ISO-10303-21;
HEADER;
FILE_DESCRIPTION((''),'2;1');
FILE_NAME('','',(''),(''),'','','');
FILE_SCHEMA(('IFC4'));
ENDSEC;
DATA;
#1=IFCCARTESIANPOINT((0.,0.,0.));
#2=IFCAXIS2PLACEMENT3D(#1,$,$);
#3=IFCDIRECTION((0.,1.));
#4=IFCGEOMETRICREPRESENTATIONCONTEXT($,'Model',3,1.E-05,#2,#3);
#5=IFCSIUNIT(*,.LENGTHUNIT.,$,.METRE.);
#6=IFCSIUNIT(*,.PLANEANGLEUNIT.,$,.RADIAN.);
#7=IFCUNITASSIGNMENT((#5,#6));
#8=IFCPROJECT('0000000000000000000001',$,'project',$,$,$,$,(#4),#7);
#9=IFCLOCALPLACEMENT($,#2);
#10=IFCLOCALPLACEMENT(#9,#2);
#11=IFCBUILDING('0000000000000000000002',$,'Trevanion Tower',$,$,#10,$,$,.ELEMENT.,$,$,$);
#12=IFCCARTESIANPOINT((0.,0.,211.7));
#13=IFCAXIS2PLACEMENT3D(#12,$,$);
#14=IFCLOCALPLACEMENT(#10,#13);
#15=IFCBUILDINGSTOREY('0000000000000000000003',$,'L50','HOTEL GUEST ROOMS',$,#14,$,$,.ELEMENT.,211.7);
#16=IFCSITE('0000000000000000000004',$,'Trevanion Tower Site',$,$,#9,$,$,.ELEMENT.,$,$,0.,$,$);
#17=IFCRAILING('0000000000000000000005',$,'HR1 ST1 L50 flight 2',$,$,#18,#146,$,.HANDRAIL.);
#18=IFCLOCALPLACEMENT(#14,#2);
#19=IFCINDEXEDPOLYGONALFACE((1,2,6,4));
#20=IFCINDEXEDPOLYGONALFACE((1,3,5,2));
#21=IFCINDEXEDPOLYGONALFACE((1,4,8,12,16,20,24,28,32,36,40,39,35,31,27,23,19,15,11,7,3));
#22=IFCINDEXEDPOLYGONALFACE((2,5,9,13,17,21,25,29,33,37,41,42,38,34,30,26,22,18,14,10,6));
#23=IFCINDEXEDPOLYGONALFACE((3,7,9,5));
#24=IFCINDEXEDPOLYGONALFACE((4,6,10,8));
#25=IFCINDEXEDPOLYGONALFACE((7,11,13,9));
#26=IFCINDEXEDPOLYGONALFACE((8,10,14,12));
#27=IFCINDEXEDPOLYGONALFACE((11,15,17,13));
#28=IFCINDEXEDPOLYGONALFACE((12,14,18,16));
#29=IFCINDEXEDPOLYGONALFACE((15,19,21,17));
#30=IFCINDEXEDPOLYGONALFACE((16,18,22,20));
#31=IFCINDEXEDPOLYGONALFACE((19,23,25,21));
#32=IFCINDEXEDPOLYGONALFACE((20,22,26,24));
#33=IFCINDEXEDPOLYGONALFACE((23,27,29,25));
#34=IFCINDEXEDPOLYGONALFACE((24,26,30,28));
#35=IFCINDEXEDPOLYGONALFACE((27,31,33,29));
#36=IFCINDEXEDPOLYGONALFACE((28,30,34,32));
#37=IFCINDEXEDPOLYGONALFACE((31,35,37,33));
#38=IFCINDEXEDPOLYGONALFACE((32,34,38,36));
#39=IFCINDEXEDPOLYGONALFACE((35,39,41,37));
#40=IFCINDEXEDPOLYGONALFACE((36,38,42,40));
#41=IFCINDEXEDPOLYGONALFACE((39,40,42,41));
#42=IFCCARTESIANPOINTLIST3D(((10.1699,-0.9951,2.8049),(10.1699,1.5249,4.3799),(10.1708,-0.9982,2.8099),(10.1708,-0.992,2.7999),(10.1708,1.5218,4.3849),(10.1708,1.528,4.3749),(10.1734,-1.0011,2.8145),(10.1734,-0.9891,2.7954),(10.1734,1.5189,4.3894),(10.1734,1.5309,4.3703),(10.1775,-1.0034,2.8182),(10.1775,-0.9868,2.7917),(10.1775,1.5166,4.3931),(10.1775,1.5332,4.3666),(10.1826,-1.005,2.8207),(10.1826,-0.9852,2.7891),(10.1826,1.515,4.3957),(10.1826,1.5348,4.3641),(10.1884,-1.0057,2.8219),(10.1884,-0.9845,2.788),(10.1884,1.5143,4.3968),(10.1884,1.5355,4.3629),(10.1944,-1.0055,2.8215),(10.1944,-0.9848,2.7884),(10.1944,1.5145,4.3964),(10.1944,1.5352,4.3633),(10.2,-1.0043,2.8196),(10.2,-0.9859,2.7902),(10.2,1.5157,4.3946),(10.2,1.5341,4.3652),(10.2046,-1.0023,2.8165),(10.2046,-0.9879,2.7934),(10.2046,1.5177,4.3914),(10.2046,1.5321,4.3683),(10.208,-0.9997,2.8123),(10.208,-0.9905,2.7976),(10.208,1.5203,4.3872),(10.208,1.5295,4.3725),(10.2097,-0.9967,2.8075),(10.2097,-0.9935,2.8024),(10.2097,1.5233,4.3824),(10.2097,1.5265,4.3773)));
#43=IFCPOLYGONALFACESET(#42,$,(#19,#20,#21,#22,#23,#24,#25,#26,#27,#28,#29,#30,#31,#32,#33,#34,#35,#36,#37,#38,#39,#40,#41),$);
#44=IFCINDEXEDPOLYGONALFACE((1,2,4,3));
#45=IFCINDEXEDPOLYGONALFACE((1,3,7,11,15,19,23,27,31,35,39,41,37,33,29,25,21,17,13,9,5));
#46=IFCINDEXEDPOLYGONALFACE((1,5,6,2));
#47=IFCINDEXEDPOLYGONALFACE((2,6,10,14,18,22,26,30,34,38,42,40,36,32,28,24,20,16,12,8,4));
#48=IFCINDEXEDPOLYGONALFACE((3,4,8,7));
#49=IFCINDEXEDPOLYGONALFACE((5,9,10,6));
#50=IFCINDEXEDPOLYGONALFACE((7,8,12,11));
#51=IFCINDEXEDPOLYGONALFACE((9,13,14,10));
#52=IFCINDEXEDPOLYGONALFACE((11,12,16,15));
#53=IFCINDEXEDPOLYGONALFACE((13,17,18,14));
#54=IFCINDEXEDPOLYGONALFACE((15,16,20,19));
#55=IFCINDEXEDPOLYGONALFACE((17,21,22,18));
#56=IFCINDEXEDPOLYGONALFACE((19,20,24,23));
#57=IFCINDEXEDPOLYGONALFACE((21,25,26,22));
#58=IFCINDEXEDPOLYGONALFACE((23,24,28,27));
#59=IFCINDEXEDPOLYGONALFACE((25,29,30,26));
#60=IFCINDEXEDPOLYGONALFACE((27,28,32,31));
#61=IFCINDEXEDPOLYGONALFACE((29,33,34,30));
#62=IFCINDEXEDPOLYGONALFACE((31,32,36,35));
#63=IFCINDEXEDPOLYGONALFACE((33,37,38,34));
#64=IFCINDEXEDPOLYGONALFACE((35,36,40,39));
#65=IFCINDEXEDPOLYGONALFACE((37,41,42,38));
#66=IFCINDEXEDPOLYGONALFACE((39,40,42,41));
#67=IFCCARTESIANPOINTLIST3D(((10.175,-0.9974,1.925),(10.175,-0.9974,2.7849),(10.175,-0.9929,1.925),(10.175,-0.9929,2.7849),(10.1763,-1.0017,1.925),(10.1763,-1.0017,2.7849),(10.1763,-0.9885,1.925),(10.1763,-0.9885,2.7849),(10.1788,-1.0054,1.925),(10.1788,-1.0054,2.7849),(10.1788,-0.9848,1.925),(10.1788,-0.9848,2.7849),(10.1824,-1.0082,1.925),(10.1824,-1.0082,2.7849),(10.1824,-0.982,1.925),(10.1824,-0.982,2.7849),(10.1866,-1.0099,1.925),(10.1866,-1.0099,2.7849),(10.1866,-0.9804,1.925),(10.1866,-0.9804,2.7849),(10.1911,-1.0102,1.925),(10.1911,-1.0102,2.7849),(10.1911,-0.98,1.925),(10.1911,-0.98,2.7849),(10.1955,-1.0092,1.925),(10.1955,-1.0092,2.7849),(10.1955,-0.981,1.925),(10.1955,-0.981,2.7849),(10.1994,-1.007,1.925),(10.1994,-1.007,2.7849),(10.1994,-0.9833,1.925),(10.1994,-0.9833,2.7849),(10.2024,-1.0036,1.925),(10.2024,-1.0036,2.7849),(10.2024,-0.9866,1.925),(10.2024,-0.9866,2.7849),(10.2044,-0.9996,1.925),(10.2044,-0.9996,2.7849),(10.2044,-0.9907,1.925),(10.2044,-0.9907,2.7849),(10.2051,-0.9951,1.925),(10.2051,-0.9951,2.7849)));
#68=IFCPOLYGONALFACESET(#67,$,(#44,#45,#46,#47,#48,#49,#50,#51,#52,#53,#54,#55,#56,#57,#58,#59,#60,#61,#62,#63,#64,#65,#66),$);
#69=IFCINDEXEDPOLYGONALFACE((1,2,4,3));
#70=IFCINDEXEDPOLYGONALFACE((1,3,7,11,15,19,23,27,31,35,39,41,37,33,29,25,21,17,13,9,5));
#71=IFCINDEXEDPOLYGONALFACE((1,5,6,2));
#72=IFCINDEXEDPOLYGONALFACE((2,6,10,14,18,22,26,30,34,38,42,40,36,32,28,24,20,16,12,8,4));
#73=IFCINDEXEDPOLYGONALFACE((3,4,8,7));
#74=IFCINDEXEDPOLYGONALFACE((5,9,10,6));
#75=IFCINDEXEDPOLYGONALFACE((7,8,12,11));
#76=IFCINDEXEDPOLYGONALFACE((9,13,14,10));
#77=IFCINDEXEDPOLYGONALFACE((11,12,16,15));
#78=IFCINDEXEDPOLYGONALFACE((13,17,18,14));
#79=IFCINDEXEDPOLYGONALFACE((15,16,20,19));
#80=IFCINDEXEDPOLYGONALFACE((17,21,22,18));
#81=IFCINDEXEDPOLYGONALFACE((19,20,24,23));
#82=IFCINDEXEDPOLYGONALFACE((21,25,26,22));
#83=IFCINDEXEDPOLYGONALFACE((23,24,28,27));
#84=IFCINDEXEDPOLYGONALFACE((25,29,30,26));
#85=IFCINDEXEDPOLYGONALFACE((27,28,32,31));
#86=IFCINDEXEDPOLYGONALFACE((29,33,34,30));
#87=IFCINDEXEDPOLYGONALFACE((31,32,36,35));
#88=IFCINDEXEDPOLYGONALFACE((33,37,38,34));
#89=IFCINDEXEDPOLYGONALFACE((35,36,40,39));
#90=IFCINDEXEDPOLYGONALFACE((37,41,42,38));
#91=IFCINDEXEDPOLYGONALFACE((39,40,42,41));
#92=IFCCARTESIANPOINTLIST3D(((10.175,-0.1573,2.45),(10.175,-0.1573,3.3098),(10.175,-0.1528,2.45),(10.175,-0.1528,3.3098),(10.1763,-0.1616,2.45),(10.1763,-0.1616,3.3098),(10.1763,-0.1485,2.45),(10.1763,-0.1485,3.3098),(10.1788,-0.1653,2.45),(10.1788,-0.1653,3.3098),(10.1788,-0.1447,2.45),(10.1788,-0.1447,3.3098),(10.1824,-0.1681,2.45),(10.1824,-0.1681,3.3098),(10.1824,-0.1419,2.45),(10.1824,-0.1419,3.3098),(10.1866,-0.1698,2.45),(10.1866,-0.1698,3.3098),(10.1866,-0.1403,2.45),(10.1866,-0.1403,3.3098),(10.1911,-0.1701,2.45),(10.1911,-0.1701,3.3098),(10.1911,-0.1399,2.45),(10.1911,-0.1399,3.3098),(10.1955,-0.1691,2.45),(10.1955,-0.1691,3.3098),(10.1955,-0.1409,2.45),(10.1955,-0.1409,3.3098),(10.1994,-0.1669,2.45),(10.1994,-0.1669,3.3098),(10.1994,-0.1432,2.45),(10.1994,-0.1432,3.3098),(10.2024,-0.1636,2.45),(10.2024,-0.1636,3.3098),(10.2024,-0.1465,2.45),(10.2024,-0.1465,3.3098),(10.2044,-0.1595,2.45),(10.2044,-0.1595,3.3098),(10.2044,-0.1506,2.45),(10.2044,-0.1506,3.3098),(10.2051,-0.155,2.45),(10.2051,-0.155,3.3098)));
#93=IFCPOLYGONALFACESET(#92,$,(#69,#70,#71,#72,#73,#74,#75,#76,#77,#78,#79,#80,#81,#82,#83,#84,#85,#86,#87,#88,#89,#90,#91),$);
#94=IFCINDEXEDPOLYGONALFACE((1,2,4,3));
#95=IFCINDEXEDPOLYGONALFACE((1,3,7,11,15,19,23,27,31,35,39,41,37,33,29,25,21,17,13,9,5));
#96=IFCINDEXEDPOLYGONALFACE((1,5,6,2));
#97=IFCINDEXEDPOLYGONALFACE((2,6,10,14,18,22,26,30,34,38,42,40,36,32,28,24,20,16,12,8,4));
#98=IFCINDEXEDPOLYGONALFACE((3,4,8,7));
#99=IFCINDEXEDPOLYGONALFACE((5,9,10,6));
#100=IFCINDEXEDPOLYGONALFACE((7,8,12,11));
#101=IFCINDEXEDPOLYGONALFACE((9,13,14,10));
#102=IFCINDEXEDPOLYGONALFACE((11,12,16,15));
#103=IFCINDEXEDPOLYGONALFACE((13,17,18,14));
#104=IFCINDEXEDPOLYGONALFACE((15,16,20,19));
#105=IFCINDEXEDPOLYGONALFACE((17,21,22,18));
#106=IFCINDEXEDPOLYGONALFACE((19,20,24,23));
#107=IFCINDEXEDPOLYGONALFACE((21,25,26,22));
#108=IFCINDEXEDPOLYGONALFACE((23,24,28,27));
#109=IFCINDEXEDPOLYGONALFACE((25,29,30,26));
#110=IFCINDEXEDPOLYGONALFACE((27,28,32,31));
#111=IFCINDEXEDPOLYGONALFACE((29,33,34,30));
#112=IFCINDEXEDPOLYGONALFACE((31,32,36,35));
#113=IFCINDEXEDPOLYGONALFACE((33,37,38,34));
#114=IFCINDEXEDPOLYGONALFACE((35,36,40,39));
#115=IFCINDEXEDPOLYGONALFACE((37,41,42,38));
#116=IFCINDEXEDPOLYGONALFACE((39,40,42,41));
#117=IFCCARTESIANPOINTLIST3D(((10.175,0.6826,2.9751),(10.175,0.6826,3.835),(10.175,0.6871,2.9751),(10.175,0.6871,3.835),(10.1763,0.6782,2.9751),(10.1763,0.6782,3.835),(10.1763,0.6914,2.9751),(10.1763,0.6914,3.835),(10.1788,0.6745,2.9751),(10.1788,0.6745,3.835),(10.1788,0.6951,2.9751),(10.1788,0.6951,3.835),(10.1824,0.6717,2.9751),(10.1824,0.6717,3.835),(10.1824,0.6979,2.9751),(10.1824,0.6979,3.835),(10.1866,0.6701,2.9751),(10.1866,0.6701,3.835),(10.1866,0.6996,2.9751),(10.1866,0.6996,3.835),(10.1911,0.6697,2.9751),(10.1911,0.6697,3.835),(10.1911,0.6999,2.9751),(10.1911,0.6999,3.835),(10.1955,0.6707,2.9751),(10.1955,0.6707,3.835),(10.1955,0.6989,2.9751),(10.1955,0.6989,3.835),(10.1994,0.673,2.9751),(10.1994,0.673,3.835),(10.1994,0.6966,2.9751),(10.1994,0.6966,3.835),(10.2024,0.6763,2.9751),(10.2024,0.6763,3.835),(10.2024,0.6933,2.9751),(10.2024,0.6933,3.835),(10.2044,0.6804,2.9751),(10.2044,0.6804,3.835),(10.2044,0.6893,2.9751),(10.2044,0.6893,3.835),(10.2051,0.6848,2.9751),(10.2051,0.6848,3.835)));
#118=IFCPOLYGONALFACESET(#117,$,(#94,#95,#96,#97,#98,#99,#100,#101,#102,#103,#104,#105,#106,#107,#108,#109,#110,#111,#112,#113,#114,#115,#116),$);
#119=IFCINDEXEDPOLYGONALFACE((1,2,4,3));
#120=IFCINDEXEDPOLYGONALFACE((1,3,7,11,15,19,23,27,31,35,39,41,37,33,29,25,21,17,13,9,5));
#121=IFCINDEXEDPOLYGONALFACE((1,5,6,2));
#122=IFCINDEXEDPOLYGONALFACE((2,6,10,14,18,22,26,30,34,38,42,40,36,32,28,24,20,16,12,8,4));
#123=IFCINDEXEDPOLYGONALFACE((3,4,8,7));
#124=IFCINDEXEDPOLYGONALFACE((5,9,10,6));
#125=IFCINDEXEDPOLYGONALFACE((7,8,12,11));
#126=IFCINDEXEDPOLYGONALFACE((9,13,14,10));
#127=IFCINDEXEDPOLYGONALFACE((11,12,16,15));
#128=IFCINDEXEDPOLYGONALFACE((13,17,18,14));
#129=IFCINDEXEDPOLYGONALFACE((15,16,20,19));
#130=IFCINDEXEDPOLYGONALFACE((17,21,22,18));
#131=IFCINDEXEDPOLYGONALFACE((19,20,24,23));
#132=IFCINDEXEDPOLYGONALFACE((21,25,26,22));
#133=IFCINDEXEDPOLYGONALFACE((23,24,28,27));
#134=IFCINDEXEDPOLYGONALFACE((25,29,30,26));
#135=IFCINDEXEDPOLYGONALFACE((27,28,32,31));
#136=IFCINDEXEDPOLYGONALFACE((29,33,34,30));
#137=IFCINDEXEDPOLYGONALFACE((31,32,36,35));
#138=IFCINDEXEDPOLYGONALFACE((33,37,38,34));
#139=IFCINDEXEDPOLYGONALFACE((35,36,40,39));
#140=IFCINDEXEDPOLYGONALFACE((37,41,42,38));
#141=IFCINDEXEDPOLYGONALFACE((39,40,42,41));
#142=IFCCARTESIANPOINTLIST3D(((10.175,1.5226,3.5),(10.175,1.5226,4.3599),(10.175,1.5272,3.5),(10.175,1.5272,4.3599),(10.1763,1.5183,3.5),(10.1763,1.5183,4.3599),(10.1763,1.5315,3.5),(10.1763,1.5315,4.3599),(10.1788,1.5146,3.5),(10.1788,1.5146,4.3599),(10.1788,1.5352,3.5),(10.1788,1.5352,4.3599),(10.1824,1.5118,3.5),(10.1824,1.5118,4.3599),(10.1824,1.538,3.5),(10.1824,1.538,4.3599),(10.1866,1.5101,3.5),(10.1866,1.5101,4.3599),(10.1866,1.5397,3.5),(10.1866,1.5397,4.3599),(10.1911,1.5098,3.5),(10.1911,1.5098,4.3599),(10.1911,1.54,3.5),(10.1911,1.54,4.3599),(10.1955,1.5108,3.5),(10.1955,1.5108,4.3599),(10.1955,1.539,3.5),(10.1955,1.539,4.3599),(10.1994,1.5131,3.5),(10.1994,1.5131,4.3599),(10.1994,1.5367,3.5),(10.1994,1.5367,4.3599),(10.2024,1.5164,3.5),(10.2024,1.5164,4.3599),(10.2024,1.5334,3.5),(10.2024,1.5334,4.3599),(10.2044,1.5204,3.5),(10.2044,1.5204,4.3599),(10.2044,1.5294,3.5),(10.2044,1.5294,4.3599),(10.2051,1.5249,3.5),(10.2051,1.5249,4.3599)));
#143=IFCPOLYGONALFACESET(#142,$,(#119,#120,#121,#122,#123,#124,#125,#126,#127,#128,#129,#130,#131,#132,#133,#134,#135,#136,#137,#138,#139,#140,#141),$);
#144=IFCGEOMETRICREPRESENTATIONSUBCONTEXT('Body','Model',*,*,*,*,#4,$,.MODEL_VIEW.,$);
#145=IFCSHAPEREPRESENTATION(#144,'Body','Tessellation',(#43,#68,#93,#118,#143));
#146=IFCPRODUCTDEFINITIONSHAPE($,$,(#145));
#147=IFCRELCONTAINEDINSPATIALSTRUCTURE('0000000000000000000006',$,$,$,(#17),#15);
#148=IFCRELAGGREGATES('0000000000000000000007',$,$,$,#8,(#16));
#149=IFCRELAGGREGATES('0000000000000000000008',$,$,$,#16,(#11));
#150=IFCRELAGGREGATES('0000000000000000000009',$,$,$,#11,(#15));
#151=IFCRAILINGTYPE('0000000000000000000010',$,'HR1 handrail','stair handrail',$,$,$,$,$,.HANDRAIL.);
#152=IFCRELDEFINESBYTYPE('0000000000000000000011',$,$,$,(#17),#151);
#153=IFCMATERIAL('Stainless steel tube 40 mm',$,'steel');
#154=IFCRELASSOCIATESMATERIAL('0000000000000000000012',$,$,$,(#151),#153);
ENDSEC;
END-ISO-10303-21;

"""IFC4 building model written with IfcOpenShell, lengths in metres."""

from ifc_helpers import new_model, si_unit, direction, frame, origin, origin_2d, place, context, subcontext, project, spatial, circle, extrude, material, type_object, element, save


model = new_model("IFC4")

# Units and contexts
model_context = context("Model", 3, precision=1e-05, world=origin(), true_north=direction((0.0, 1.0)))
body_context = subcontext(model_context, "Body", "Model", "MODEL_VIEW")
ifc_project = project(units=[si_unit("LENGTHUNIT", "METRE"), si_unit("PLANEANGLEUNIT", "RADIAN")], contexts=[model_context])

# Site, building, storey
site_placement = place(None, origin())
site = spatial("IfcSite", under=ifc_project, at=site_placement, Name="Trevanion Tower Site", CompositionType="ELEMENT", RefElevation=0.0)
building_placement = place(site_placement, origin())
building = spatial("IfcBuilding", under=site, at=building_placement, Name="Trevanion Tower", CompositionType="ELEMENT")
storey_placement = place(building_placement, frame((0.0, 0.0, 211.7)))
storey = spatial("IfcBuildingStorey", under=building, at=storey_placement, Name="L50", Description="HOTEL GUEST ROOMS", CompositionType="ELEMENT", Elevation=211.7)

# Railing
ifc_material_1 = material(Name="Stainless steel tube 40 mm", Category="steel")
railing_type = type_object("IfcRailingType", Name="HR1 handrail", Description="stair handrail", PredefinedType="HANDRAIL", material=ifc_material_1)
for number, where, name in (
    (1, (10.1899, -0.9951, 1.925), "HR1 ST1 L50 flight 2"),
):
    element("IfcRailing", number, at=place(storey_placement, frame(where)), inside=storey, type_object=railing_type, Name=name, PredefinedType="HANDRAIL", context=body_context, shape_type="SweptSolid", body=[
        extrude(circle(Radius=0.02, at=origin_2d()), frame((0.0, 0.0, 0.8799), z_axis=(0.0, 0.848008, 0.529984), x_axis=(-1.0, 0.0, 0.0)), (0.0, 0.0, 1.0), 2.9717),
        extrude(circle(Radius=0.0151, at=origin_2d()), origin(), (0.0, 0.0, 1.0), 0.8599),
        extrude(circle(Radius=0.0151, at=origin_2d()), frame((0.0, 0.8401, 0.5249)), (0.0, 0.0, 1.0), 0.8599),
        extrude(circle(Radius=0.0151, at=origin_2d()), frame((0.0, 1.6799, 1.05)), (0.0, 0.0, 1.0), 0.8599),
        extrude(circle(Radius=0.0151, at=origin_2d()), frame((0.0, 2.52, 1.575)), (0.0, 0.0, 1.0), 0.8599),
    ])

save(model, "model.ifc")
